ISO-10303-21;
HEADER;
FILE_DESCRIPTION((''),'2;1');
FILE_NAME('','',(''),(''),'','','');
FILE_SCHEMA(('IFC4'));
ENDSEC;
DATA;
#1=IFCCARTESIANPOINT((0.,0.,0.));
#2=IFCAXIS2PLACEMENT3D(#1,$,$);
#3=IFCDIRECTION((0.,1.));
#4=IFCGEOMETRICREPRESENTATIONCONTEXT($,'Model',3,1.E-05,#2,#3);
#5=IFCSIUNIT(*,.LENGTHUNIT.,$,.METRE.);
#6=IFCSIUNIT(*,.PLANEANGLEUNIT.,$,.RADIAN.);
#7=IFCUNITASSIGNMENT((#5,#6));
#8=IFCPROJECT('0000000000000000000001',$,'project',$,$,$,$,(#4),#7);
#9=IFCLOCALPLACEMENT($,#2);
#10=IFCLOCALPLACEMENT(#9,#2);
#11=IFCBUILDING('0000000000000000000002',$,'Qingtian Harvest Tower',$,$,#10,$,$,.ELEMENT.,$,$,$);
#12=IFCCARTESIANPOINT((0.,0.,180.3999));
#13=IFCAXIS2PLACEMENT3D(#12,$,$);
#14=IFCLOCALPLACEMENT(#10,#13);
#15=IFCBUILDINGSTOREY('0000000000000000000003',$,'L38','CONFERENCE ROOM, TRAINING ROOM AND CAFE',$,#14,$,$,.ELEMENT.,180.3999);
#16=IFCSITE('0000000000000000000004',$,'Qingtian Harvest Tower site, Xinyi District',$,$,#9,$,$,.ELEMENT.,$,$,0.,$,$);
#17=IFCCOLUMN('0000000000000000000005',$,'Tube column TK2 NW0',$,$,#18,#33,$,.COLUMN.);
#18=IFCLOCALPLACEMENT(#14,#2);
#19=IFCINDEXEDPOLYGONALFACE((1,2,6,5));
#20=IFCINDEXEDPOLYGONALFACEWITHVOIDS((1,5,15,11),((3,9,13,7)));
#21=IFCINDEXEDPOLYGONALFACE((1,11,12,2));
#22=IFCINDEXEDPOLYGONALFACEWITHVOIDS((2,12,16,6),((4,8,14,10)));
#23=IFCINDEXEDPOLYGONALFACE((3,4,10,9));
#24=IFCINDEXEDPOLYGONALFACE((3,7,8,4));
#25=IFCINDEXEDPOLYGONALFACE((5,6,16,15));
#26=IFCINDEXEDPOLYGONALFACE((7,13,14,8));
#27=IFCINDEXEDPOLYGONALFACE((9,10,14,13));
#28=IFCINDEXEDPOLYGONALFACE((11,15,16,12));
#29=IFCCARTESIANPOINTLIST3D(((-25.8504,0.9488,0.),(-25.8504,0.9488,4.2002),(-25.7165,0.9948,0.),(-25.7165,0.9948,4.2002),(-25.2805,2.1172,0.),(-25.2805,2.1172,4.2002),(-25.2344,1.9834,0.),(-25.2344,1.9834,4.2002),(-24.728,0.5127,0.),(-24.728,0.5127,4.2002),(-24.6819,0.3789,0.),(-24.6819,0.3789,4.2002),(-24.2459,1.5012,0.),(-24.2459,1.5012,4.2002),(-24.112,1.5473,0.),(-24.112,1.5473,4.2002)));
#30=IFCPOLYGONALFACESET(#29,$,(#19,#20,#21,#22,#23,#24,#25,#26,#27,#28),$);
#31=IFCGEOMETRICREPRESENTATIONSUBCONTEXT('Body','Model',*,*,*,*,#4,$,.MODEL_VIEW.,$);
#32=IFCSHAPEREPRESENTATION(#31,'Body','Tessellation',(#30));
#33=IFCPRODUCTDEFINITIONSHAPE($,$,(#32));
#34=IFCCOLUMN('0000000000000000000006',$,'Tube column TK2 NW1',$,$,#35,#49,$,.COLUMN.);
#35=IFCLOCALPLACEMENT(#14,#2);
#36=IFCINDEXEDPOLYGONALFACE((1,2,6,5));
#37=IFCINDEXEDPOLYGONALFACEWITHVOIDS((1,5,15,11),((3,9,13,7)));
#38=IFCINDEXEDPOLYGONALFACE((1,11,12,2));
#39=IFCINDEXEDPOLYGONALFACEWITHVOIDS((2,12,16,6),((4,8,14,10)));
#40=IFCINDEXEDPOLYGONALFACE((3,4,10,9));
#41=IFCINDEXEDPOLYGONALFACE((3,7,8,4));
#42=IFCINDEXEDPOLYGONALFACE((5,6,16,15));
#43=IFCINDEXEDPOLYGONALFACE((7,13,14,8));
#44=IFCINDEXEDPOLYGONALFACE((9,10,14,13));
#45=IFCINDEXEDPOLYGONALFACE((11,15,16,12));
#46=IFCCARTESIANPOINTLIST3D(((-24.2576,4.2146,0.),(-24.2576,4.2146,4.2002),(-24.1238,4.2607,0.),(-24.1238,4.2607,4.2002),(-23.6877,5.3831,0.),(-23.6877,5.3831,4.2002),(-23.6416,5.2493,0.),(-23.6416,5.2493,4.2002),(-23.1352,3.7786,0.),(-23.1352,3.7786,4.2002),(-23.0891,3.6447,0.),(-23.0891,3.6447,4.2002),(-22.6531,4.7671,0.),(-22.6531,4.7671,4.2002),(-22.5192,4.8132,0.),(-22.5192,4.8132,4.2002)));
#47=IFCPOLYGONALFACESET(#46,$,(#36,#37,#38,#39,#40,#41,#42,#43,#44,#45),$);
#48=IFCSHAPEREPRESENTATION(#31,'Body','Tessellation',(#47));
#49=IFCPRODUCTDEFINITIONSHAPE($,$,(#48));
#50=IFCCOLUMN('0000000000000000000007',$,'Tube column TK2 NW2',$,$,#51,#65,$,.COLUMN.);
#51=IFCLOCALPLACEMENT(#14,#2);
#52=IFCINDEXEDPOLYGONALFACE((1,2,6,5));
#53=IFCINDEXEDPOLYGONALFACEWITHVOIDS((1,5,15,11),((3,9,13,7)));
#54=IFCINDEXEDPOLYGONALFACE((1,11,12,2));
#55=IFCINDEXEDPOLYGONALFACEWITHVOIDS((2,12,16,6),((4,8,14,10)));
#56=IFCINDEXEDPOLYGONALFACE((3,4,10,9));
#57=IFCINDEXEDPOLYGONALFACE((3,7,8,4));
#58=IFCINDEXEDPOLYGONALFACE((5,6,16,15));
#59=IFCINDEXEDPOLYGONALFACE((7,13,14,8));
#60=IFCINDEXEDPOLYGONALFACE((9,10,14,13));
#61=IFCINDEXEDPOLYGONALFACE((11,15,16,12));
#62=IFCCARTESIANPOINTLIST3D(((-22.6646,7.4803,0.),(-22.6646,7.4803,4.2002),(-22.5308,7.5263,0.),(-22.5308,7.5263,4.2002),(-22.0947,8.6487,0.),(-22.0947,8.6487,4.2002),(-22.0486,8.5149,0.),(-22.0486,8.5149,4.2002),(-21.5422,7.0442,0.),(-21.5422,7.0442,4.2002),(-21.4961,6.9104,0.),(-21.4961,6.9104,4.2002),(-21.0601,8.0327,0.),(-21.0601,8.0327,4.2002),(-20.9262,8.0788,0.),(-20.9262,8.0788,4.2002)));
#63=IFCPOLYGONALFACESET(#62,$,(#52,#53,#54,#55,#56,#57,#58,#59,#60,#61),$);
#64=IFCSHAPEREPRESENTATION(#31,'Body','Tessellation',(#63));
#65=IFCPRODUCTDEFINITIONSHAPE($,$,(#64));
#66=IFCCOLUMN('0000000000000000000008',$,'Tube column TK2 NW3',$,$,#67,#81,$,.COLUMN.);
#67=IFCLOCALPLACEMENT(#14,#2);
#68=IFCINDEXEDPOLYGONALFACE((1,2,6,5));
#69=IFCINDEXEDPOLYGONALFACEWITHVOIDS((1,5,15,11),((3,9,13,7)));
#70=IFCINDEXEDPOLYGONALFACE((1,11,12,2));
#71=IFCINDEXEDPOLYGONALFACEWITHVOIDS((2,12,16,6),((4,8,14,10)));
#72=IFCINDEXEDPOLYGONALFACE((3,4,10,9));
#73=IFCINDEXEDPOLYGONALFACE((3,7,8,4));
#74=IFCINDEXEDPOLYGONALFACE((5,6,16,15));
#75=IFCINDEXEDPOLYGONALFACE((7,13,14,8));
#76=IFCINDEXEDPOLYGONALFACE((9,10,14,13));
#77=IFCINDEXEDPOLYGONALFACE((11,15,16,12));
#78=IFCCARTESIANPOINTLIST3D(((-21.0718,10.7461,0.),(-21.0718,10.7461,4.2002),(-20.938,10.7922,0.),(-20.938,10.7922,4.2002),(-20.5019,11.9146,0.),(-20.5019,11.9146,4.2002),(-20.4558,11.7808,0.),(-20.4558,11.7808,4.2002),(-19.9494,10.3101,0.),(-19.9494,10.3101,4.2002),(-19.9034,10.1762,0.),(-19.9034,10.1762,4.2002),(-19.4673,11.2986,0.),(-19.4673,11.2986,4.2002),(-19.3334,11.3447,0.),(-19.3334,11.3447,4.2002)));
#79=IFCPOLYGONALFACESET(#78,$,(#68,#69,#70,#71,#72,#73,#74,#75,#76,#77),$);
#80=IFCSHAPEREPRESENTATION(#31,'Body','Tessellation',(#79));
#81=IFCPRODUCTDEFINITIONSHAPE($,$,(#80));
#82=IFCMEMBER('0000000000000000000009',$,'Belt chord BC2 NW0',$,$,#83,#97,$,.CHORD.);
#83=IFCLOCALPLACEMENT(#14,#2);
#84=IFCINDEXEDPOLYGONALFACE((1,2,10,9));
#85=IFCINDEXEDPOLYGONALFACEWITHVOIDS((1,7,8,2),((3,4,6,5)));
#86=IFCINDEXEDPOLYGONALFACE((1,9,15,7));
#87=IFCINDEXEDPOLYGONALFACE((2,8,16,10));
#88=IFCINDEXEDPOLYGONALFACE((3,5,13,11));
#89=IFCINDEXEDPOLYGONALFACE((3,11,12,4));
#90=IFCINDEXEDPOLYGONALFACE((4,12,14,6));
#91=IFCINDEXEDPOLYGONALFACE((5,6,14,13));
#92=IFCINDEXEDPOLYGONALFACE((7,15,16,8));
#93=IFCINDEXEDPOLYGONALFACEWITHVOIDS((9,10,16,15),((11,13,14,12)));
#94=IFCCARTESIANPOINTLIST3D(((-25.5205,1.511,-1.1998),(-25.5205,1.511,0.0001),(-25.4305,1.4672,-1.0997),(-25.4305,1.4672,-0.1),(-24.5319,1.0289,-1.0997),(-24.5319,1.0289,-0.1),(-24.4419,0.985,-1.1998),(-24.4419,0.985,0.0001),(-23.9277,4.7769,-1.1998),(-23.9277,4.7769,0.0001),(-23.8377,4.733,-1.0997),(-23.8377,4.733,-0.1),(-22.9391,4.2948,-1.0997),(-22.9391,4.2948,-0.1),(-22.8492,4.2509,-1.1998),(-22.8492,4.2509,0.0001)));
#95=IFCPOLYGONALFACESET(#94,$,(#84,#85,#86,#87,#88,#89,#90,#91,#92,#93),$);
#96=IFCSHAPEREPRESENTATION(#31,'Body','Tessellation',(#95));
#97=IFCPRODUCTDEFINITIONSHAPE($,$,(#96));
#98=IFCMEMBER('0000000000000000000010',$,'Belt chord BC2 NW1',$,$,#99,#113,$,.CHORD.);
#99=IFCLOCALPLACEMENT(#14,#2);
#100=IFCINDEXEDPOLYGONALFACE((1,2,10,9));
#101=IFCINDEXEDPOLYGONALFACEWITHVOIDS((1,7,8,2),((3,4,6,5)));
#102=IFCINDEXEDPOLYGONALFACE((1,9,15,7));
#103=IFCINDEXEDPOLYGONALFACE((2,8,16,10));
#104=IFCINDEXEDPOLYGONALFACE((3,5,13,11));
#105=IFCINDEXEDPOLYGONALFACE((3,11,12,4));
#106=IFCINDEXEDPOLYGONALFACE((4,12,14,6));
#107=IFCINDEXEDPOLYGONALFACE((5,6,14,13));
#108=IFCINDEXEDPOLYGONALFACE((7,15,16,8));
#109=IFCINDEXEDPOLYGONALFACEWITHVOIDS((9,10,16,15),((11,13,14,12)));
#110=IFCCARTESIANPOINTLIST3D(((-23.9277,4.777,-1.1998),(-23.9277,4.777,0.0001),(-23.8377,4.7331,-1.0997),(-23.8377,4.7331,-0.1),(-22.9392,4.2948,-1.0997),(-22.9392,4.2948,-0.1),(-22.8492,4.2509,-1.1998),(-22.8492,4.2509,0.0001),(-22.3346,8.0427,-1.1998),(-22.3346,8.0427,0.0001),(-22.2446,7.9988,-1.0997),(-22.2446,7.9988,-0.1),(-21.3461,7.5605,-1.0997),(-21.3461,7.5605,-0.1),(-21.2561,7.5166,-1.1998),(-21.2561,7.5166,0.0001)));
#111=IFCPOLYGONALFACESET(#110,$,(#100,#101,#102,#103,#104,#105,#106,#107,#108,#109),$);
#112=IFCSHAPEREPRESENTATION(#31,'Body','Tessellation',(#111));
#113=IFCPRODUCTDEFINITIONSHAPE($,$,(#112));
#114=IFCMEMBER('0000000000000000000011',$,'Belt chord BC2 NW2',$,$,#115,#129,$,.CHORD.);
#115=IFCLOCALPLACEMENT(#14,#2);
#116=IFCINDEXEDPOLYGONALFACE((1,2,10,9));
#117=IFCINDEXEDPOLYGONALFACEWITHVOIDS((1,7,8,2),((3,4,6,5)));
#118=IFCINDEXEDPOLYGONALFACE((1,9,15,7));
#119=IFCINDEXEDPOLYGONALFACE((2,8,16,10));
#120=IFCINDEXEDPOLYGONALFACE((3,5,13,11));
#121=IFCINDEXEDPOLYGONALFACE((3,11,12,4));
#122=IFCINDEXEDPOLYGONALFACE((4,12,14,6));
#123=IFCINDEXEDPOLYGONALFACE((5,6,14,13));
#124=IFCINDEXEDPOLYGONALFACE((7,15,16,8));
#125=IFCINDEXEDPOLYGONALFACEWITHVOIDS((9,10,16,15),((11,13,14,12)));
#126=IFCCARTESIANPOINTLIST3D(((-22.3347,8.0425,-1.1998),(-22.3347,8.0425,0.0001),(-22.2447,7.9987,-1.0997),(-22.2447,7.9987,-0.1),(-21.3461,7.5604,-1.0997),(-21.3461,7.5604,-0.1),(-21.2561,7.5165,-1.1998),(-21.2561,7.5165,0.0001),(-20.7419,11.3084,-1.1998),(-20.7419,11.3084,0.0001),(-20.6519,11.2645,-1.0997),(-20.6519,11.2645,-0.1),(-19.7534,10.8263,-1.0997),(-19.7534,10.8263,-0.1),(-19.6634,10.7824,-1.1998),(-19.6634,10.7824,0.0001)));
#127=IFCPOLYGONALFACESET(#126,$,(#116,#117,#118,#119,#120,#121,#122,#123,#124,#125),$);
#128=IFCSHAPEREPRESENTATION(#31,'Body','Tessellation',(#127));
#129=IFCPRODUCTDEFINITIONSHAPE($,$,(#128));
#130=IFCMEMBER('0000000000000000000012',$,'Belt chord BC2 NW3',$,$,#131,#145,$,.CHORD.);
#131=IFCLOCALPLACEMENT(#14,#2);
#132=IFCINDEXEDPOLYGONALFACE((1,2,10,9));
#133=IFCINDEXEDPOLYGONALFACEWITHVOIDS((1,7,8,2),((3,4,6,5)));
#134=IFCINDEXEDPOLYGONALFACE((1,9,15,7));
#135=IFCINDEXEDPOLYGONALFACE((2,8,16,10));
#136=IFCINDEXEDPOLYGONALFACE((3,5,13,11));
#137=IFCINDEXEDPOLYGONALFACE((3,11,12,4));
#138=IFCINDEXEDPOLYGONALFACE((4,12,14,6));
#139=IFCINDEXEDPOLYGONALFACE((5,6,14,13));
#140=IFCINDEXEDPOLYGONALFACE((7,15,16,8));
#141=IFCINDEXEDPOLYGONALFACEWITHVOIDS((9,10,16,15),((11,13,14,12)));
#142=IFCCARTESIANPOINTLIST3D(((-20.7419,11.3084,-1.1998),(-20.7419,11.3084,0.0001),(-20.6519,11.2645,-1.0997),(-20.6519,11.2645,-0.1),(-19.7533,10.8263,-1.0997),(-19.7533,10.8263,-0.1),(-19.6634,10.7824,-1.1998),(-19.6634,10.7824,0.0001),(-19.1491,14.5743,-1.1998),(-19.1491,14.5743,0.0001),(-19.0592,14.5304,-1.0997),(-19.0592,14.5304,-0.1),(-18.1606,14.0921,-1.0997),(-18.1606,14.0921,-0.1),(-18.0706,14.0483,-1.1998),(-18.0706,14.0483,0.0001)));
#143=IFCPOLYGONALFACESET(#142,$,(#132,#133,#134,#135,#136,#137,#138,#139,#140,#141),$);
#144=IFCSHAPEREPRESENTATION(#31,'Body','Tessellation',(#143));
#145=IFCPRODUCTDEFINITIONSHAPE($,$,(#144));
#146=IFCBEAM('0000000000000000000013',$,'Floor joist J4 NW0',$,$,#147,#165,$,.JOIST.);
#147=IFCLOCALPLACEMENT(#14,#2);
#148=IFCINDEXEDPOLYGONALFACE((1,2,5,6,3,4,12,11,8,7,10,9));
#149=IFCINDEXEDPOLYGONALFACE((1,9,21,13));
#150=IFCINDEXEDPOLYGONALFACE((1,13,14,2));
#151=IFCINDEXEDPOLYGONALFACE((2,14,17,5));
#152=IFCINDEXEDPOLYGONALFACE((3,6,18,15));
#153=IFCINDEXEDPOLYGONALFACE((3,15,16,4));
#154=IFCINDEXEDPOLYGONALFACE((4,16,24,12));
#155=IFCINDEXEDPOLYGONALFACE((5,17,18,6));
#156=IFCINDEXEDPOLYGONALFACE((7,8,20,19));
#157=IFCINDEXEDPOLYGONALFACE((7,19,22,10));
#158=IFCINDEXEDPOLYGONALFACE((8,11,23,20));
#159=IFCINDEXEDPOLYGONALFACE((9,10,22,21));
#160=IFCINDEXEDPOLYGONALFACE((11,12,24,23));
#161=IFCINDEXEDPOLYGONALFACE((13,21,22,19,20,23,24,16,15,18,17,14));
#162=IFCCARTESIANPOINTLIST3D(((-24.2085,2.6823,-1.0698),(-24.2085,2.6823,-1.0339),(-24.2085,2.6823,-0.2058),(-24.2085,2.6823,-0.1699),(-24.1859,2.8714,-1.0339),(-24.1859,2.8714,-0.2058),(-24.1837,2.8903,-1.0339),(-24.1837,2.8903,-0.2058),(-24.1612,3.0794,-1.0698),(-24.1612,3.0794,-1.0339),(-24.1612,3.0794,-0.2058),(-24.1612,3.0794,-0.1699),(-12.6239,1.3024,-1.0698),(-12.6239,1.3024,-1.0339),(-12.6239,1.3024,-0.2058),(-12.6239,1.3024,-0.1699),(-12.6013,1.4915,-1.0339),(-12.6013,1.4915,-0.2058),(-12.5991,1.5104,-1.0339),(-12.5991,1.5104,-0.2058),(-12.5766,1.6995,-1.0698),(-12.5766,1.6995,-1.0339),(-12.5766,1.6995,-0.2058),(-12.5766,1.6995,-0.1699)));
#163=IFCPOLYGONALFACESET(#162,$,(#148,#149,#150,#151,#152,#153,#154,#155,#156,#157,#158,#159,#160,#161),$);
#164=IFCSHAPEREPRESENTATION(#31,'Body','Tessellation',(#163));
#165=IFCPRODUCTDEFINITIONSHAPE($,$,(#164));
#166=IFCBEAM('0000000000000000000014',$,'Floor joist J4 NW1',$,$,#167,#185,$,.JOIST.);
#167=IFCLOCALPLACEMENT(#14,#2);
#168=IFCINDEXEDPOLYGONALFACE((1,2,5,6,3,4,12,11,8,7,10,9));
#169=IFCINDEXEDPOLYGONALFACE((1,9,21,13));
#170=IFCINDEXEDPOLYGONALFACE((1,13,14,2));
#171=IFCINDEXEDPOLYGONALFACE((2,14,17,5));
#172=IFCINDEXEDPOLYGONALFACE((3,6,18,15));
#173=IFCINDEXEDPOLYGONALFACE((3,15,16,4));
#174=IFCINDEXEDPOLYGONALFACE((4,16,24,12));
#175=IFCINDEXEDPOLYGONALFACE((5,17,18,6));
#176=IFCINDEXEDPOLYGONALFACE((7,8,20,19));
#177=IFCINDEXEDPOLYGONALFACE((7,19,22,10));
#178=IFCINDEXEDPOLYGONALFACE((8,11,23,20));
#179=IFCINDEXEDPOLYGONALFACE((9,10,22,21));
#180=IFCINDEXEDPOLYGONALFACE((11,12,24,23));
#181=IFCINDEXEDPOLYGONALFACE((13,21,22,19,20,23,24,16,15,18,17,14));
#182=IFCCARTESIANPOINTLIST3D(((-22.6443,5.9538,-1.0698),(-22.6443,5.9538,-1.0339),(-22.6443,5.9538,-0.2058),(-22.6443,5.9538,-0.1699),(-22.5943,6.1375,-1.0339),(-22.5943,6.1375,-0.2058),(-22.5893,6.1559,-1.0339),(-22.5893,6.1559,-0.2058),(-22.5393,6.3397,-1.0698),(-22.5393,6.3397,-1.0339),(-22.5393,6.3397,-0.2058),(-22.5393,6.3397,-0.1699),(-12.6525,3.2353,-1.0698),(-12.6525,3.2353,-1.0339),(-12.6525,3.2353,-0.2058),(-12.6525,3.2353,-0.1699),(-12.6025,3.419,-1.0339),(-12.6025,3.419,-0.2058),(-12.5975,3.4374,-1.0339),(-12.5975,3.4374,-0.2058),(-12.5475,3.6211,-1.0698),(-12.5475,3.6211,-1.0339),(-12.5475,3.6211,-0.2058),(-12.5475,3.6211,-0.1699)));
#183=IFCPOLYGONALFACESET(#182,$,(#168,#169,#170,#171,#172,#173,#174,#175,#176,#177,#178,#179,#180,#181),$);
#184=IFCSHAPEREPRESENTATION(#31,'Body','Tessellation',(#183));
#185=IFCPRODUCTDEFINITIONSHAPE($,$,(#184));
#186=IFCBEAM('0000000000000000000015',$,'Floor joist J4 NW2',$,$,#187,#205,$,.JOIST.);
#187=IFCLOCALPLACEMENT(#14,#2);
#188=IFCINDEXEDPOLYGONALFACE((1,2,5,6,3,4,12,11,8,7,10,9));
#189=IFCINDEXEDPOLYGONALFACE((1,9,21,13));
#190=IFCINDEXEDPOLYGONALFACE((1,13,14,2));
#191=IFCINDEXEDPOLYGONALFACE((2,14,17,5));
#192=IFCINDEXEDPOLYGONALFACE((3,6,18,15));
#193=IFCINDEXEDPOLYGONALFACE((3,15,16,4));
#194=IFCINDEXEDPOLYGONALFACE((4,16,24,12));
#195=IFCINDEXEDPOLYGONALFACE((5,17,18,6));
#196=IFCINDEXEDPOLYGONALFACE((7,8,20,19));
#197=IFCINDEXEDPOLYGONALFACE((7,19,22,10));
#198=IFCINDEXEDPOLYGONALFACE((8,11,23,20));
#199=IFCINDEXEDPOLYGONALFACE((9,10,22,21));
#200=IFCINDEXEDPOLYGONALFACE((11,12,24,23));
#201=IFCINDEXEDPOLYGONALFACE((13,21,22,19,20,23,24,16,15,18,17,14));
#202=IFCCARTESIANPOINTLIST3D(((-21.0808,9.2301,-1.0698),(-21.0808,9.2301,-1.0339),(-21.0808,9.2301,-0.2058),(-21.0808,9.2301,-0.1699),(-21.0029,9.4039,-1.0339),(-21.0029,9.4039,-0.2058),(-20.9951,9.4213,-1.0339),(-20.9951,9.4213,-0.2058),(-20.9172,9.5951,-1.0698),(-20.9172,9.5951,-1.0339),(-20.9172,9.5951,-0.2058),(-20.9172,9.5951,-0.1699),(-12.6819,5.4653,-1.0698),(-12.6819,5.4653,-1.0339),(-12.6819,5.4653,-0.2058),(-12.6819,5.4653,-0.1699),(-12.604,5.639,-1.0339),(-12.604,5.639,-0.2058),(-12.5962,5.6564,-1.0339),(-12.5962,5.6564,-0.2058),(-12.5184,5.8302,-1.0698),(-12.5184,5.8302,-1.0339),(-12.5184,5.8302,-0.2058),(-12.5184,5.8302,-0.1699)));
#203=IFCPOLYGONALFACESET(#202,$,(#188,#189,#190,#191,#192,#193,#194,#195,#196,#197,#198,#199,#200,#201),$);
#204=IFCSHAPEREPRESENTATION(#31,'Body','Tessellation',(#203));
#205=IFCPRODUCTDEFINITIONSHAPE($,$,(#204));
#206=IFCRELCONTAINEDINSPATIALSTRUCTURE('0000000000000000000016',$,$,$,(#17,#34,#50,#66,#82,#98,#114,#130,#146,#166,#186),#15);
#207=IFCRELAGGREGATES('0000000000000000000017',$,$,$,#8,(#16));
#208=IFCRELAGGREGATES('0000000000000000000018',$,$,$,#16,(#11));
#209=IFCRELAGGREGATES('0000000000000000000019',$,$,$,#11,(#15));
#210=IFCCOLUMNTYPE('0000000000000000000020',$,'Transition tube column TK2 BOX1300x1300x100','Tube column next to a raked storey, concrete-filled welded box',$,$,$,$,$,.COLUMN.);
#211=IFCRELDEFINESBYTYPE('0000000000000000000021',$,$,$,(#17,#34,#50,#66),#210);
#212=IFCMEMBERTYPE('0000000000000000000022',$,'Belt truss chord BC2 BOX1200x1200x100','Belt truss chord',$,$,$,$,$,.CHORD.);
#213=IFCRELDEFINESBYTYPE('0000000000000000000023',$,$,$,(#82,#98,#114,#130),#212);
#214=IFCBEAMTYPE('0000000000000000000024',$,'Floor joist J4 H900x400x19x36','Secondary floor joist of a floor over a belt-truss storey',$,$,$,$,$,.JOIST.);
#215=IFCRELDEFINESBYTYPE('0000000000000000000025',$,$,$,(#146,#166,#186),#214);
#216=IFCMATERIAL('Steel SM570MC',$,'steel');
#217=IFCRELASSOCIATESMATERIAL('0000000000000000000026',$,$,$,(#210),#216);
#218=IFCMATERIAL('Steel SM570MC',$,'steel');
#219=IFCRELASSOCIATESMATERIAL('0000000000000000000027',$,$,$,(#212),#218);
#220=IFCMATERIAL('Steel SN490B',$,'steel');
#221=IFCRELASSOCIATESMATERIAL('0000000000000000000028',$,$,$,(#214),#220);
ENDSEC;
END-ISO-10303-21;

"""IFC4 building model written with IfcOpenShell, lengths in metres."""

from ifc_helpers import new_model, si_unit, direction, frame, origin, origin_2d, place, context, subcontext, project, spatial, hollow_rectangle, i_section, extrude, material, material_profile, profile_set, type_object, element, save


model = new_model("IFC4")

# Units and contexts
model_context = context("Model", 3, precision=1e-05, world=origin(), true_north=direction((0.0, 1.0)))
body_context = subcontext(model_context, "Body", "Model", "MODEL_VIEW")
ifc_project = project(units=[si_unit("LENGTHUNIT", "METRE"), si_unit("PLANEANGLEUNIT", "RADIAN")], contexts=[model_context])

# Site, building, storey
site_placement = place(None, origin())
site = spatial("IfcSite", under=ifc_project, at=site_placement, Name="Qingtian Harvest Tower site, Xinyi District", CompositionType="ELEMENT", RefElevation=0.0)
building_placement = place(site_placement, origin())
building = spatial("IfcBuilding", under=site, at=building_placement, Name="Qingtian Harvest Tower", CompositionType="ELEMENT")
storey_placement = place(building_placement, frame((0.0, 0.0, 180.3999)))
storey = spatial("IfcBuildingStorey", under=building, at=storey_placement, Name="L38", Description="CONFERENCE ROOM, TRAINING ROOM AND CAFE", CompositionType="ELEMENT", Elevation=180.3999)

# Columns
ifc_material_1 = material(Name="Steel SM570MC", Category="steel")
ifc_material_profile_1 = material_profile(ifc_material_1, hollow_rectangle(XDim=1.3, YDim=1.3, WallThickness=0.1001, at=origin_2d()), Name="BOX1300x1300x100")
ifc_profile_set_1 = profile_set([ifc_material_profile_1], Name="Steel SM570MC")
column_type = type_object("IfcColumnType", Name="Transition tube column TK2 BOX1300x1300x100", Description="Tube column next to a raked storey, concrete-filled welded box", PredefinedType="COLUMN", material=ifc_profile_set_1)
for number, where, z_axis, x_axis, name in (
    (1, (-24.9812, 1.248, 0.0), (0.0, 0.0, 1.0), (-0.438371, -0.898794, 0.0), "Tube column TK2 NW0"),
    (2, (-23.3884, 4.5139, 0.0), (0.0, 0.0, 1.0), (-0.438371, -0.898794, 0.0), "Tube column TK2 NW1"),
    (3, (-21.7954, 7.7795, 0.0), (0.0, 0.0, 1.0), (-0.438371, -0.898794, 0.0), "Tube column TK2 NW2"),
    (4, (-20.2026, 11.0454, 0.0), (0.0, 0.0, 1.0), (-0.438371, -0.898794, 0.0), "Tube column TK2 NW3"),
):
    element("IfcColumn", number, at=place(storey_placement, frame(where, z_axis=z_axis, x_axis=x_axis)), inside=storey, type_object=column_type, Name=name, PredefinedType="COLUMN", context=body_context, shape_type="SweptSolid", body=[
        extrude(hollow_rectangle(XDim=1.3, YDim=1.3, WallThickness=0.1001, at=origin_2d()), origin(), (0.0, 0.0, 1.0), 4.2002),
    ])

# Members
ifc_material_2 = material(Name="Steel SM570MC", Category="steel")
ifc_material_profile_2 = material_profile(ifc_material_2, hollow_rectangle(XDim=1.2, YDim=1.2, WallThickness=0.1001, at=origin_2d()), Name="BOX1200x1200x100")
ifc_profile_set_2 = profile_set([ifc_material_profile_2], Name="Steel SM570MC")
member_type_1 = type_object("IfcMemberType", Name="Belt truss chord BC2 BOX1200x1200x100", Description="Belt truss chord", PredefinedType="CHORD", material=ifc_profile_set_2)
for number, where, z_axis, x_axis, name in (
    (5, (-24.9812, 1.248, -0.5999), (0.438349, 0.898805, 0.0), (-0.898805, 0.438349, 0.0), "Belt chord BC2 NW0"),
    (6, (-23.3884, 4.5139, -0.5999), (0.43843, 0.898765, 0.0), (-0.898765, 0.43843, 0.0), "Belt chord BC2 NW1"),
    (7, (-21.7954, 7.7795, -0.5999), (0.438349, 0.898805, 0.0), (-0.898805, 0.438349, 0.0), "Belt chord BC2 NW2"),
    (8, (-20.2026, 11.0454, -0.5999), (0.438349, 0.898805, 0.0), (-0.898805, 0.438349, 0.0), "Belt chord BC2 NW3"),
):
    element("IfcMember", number, at=place(storey_placement, frame(where, z_axis=z_axis, x_axis=x_axis)), inside=storey, type_object=member_type_1, Name=name, PredefinedType="CHORD", context=body_context, shape_type="SweptSolid", body=[
        extrude(hollow_rectangle(XDim=1.2, YDim=1.2, WallThickness=0.1001, at=origin_2d()), origin(), (0.0, 0.0, 1.0), 3.6335),
    ])

# Beams
ifc_material_3 = material(Name="Steel SN490B", Category="steel")
ifc_material_profile_3 = material_profile(ifc_material_3, i_section(OverallWidth=0.3999, OverallDepth=0.8999, WebThickness=0.019, FlangeThickness=0.0359, at=origin_2d()), Name="H900x400x19x36")
ifc_profile_set_3 = profile_set([ifc_material_profile_3], Name="Steel SN490B")
beam_type_1 = type_object("IfcBeamType", Name="Floor joist J4 H900x400x19x36", Description="Secondary floor joist of a floor over a belt-truss storey", PredefinedType="JOIST", material=ifc_profile_set_3)
beam_1_placement = place(storey_placement, frame((-24.1848, 2.8809, -0.6199), z_axis=(0.992981, -0.118276, 0.0), x_axis=(0.118276, 0.992981, 0.0)))
element("IfcBeam", 9, at=beam_1_placement, inside=storey, type_object=beam_type_1, Name="Floor joist J4 NW0", PredefinedType="JOIST", context=body_context, shape_type="SweptSolid", body=[
    extrude(i_section(OverallWidth=0.3999, OverallDepth=0.8999, WebThickness=0.019, FlangeThickness=0.0359, at=origin_2d()), origin(), (0.0, 0.0, 1.0), 11.6665),
])
beam_2_placement = place(storey_placement, frame((-22.5918, 6.1467, -0.6199), z_axis=(0.964923, -0.262533, 0.0), x_axis=(0.262533, 0.964923, 0.0)))
element("IfcBeam", 10, at=beam_2_placement, inside=storey, type_object=beam_type_1, Name="Floor joist J4 NW1", PredefinedType="JOIST", context=body_context, shape_type="SweptSolid", body=[
    extrude(i_section(OverallWidth=0.3999, OverallDepth=0.8999, WebThickness=0.019, FlangeThickness=0.0359, at=origin_2d()), origin(), (0.0, 0.0, 1.0), 10.355),
])
beam_3_placement = place(storey_placement, frame((-20.999, 9.4126, -0.6199), z_axis=(0.912515, -0.409043, 0.0), x_axis=(0.409043, 0.912515, 0.0)))
element("IfcBeam", 11, at=beam_3_placement, inside=storey, type_object=beam_type_1, Name="Floor joist J4 NW2", PredefinedType="JOIST", context=body_context, shape_type="SweptSolid", body=[
    extrude(i_section(OverallWidth=0.3999, OverallDepth=0.8999, WebThickness=0.019, FlangeThickness=0.0359, at=origin_2d()), origin(), (0.0, 0.0, 1.0), 9.2041),
])

save(model, "model.ifc")
